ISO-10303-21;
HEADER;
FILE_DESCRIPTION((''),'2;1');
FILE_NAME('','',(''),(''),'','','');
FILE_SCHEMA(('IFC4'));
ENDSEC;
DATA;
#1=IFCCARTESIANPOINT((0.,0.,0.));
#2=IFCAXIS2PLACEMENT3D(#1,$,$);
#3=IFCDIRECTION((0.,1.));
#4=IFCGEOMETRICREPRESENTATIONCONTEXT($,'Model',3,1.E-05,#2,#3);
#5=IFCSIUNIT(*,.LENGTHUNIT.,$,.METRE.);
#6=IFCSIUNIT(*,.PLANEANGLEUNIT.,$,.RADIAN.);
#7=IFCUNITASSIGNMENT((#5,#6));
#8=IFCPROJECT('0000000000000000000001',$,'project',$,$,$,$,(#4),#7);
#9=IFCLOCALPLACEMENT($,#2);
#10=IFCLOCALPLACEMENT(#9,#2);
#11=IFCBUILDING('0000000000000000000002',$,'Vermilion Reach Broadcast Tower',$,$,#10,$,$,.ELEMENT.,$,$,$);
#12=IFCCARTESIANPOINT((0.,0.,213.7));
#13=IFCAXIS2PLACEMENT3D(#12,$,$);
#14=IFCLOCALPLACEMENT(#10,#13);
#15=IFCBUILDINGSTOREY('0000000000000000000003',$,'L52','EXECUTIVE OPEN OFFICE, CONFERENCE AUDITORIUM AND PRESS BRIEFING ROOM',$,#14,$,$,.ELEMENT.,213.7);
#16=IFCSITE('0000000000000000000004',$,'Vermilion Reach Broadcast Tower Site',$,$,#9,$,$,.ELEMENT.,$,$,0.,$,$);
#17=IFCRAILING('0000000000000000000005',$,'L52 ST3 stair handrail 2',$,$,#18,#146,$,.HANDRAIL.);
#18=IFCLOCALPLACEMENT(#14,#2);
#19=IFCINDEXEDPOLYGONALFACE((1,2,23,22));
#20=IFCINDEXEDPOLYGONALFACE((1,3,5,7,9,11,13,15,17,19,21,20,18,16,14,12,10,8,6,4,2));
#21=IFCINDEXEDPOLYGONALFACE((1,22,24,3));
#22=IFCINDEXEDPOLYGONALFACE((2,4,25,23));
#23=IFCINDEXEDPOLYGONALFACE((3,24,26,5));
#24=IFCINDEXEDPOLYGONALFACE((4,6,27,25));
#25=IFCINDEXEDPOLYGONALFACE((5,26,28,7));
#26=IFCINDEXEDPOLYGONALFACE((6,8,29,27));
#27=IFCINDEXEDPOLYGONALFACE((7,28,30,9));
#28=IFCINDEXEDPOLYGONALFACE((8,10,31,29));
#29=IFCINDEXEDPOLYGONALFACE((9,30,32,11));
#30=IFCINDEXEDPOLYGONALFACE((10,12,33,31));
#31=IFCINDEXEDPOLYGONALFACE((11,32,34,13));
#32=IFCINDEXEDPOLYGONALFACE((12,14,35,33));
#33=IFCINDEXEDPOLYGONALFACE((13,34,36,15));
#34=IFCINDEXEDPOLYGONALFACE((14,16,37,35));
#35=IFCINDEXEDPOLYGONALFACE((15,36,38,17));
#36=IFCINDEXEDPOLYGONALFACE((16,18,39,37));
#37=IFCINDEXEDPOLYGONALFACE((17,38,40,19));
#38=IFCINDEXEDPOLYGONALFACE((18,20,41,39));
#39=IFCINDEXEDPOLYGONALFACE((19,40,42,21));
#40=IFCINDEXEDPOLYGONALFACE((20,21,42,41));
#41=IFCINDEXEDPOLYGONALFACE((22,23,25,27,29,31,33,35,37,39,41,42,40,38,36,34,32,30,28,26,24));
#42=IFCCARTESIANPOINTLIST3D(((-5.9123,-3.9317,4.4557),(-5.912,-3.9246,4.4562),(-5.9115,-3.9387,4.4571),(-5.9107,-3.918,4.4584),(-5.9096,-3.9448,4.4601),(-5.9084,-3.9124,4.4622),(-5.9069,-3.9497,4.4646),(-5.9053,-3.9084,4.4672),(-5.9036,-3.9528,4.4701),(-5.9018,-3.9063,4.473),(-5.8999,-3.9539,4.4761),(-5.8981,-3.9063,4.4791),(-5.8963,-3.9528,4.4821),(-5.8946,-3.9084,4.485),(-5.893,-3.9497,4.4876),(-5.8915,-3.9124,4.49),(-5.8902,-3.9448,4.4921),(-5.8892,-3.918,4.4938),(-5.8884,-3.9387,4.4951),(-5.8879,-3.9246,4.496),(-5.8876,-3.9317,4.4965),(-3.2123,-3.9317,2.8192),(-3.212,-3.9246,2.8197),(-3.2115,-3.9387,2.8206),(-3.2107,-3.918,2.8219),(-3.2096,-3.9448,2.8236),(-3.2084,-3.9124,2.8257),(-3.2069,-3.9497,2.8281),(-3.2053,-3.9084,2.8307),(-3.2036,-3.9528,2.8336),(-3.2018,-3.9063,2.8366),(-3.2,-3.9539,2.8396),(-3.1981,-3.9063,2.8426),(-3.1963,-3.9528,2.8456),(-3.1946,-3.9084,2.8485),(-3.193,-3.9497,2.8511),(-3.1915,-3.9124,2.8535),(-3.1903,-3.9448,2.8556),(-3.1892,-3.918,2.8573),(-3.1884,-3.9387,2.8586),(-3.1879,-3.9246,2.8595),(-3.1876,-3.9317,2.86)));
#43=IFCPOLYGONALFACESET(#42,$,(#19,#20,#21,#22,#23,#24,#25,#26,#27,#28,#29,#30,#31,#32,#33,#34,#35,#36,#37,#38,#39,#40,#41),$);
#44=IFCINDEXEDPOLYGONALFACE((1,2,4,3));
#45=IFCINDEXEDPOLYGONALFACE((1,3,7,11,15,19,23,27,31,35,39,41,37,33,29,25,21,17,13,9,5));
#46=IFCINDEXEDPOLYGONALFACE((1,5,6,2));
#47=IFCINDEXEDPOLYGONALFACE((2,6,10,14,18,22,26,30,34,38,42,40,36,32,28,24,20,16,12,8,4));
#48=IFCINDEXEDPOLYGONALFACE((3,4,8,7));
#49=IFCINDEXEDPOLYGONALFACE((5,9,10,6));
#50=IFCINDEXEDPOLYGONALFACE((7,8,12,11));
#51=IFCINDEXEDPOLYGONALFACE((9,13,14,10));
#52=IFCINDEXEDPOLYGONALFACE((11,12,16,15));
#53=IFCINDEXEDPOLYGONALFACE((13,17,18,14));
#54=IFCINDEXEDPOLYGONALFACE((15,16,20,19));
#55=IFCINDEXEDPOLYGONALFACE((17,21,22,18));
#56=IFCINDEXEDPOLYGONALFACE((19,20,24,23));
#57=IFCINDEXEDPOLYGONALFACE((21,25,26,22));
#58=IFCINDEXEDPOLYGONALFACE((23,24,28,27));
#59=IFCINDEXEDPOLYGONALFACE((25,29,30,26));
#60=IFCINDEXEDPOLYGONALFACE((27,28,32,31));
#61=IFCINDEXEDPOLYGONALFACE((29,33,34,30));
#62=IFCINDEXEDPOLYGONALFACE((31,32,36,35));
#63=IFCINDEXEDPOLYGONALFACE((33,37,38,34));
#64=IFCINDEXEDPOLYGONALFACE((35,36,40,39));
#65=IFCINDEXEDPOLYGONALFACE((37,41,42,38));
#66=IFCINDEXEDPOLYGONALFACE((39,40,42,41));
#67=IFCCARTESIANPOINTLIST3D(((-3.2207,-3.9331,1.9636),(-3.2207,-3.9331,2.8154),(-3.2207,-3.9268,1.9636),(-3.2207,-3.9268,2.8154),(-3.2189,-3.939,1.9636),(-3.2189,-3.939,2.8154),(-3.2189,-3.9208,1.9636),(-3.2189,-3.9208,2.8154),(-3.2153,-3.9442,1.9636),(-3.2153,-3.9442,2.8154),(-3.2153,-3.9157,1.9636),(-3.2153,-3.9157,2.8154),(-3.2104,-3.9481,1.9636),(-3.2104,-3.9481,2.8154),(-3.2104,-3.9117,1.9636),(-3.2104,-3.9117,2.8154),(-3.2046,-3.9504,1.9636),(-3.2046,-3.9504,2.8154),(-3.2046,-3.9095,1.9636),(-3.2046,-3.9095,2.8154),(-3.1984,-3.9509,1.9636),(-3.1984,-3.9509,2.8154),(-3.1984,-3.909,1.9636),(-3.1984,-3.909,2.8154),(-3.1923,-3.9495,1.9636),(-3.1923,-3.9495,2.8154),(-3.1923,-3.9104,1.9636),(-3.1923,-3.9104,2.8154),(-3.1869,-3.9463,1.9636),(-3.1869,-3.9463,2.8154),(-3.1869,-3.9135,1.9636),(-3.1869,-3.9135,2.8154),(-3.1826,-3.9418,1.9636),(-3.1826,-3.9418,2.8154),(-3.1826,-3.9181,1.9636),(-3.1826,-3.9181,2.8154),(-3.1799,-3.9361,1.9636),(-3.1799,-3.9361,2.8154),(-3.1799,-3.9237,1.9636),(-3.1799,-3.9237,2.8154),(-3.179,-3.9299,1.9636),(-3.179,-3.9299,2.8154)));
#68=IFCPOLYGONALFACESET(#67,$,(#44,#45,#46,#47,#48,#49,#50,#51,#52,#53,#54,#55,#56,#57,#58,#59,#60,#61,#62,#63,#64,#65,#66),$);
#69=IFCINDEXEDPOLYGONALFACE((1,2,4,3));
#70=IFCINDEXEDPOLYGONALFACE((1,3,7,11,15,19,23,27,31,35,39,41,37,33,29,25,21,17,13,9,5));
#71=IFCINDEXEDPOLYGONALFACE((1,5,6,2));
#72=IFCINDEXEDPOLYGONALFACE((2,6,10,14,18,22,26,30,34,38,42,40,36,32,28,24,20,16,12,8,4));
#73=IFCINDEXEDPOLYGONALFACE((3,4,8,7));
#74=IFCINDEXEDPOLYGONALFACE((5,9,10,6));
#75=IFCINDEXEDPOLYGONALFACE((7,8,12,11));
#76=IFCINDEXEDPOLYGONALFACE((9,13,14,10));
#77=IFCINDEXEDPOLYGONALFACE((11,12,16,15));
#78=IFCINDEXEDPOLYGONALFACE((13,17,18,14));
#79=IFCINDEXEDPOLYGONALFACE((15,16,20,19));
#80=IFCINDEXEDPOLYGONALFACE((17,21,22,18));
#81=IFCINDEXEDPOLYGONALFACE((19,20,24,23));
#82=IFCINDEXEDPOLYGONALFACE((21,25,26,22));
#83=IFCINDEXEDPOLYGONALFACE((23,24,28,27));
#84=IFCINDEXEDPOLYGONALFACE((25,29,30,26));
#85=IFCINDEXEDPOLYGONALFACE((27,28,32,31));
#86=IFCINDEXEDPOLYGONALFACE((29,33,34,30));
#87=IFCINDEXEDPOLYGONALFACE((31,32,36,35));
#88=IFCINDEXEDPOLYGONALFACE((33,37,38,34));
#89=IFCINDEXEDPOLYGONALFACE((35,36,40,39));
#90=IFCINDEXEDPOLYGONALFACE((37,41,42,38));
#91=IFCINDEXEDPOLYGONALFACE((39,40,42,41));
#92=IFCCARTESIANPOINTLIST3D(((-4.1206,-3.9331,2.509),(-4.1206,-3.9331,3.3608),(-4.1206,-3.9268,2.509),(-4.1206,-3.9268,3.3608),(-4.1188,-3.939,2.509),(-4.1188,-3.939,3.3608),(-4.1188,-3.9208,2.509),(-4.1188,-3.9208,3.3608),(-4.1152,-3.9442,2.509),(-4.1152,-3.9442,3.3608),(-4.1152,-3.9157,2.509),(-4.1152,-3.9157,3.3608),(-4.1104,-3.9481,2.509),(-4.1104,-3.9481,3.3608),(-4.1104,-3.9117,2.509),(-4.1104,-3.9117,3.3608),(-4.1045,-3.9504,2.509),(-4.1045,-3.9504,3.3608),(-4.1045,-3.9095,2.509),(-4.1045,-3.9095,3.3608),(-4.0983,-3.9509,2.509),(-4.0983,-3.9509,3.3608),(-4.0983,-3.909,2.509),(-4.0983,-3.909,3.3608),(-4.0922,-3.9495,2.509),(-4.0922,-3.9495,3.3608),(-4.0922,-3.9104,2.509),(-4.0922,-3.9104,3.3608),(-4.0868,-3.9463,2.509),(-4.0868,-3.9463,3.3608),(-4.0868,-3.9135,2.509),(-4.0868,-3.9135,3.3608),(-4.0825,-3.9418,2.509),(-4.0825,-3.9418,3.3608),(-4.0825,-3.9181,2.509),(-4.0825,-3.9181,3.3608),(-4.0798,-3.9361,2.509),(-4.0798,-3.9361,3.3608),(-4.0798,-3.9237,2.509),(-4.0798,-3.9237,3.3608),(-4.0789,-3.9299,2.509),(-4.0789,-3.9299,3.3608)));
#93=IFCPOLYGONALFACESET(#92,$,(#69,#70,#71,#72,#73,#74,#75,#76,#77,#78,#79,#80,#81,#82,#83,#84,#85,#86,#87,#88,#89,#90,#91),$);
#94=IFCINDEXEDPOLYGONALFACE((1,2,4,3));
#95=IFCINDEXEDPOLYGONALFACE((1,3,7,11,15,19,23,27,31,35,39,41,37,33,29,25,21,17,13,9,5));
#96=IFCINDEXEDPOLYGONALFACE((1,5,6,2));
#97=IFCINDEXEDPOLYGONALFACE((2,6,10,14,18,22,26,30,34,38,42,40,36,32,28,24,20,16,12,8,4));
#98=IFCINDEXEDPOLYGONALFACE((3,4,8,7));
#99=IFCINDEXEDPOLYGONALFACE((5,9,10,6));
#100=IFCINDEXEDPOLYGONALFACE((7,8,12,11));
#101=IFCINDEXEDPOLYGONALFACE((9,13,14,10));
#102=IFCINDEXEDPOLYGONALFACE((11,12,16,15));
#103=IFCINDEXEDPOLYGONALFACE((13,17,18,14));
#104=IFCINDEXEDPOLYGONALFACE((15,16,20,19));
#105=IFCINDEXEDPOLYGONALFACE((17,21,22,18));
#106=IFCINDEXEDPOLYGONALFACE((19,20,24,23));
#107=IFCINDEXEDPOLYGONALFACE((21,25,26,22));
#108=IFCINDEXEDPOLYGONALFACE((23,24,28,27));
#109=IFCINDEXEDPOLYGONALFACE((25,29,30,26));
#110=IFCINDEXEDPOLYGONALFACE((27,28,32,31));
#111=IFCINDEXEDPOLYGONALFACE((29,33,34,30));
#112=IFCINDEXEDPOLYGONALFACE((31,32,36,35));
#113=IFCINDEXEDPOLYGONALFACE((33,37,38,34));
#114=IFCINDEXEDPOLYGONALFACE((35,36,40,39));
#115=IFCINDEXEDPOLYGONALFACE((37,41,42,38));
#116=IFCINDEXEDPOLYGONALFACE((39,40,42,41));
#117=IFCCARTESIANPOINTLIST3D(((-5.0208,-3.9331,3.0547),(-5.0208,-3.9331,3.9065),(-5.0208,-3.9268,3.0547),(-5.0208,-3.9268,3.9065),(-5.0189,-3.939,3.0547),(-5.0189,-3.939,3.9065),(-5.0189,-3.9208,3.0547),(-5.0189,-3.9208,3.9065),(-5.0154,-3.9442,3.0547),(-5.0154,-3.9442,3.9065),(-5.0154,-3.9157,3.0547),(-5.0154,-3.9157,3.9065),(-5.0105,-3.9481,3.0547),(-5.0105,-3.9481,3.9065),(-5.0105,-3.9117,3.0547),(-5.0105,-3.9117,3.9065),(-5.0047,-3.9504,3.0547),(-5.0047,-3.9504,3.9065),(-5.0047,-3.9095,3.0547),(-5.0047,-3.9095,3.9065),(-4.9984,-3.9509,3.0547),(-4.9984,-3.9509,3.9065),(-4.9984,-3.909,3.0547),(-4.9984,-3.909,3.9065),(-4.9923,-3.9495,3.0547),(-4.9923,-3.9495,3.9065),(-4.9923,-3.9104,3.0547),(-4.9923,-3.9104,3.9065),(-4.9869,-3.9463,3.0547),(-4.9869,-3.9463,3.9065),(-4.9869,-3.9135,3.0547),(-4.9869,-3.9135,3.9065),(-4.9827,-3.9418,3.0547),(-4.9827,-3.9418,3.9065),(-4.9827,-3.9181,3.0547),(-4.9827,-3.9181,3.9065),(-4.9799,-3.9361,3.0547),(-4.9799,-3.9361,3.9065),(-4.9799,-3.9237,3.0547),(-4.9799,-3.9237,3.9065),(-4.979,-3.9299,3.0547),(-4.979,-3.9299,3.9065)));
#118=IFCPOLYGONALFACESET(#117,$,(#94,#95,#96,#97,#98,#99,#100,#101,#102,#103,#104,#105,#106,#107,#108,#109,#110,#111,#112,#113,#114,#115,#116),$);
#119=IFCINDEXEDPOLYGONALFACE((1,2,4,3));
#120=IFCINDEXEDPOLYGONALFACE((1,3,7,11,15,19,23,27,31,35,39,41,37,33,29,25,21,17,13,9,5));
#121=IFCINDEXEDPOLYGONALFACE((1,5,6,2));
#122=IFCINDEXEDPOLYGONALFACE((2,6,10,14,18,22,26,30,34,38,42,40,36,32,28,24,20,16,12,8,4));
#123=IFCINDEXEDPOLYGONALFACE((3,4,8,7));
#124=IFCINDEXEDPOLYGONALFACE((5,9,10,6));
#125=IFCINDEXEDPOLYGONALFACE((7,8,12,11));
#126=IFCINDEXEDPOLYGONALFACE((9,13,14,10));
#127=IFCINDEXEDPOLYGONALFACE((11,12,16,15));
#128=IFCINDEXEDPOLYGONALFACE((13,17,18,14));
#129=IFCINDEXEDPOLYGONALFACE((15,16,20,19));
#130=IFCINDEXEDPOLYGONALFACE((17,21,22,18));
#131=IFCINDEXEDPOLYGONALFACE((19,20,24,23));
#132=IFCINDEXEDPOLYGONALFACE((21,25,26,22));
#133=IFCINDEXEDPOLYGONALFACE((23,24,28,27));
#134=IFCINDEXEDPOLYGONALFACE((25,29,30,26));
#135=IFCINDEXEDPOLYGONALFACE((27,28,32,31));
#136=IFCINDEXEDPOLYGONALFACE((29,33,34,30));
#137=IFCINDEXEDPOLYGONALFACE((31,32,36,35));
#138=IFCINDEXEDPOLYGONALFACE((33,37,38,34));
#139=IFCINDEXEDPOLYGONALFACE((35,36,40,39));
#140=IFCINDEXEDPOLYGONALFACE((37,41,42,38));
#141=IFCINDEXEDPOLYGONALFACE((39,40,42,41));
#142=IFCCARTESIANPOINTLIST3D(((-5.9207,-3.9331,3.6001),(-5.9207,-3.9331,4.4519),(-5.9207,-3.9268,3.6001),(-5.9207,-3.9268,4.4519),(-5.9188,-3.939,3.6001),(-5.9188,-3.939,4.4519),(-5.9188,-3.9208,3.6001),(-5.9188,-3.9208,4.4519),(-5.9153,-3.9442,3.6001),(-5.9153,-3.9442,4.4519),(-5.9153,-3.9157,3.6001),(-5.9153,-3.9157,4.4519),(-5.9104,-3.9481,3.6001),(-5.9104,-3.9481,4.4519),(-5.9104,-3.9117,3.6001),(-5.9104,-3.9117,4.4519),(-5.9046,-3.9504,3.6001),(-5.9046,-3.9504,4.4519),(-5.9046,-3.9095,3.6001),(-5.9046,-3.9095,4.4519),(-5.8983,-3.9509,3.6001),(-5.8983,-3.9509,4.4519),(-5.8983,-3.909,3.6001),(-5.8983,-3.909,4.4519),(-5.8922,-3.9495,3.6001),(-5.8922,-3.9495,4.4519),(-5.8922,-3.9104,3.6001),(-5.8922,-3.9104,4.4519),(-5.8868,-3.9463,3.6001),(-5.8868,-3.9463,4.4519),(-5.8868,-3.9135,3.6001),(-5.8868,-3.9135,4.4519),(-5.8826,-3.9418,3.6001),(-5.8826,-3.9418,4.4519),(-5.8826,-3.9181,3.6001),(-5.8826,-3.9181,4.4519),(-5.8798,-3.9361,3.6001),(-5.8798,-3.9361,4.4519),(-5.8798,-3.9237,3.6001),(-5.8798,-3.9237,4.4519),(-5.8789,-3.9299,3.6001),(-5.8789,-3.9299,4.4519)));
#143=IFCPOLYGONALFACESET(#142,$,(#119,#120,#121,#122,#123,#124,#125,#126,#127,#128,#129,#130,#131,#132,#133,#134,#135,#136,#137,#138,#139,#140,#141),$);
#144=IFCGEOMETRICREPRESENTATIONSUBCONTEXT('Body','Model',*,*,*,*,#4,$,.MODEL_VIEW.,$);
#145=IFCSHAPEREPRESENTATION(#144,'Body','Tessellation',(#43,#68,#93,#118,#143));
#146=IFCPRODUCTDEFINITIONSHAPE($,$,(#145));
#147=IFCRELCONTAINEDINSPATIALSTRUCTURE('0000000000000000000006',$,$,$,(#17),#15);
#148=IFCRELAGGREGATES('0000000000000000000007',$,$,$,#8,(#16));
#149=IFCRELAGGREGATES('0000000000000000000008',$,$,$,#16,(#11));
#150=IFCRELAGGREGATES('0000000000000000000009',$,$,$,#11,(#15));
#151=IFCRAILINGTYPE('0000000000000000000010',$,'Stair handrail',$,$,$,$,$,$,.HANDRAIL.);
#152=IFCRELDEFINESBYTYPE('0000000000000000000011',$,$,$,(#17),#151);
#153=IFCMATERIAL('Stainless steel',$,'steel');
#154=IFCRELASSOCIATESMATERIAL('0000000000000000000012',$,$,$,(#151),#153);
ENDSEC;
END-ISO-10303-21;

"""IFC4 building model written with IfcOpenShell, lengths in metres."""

from ifc_helpers import new_model, si_unit, direction, frame, origin, origin_2d, place, context, subcontext, project, spatial, circle, extrude, material, type_object, element, save


model = new_model("IFC4")

# Units and contexts
model_context = context("Model", 3, precision=1e-05, world=origin(), true_north=direction((0.0, 1.0)))
body_context = subcontext(model_context, "Body", "Model", "MODEL_VIEW")
ifc_project = project(units=[si_unit("LENGTHUNIT", "METRE"), si_unit("PLANEANGLEUNIT", "RADIAN")], contexts=[model_context])

# Site, building, storey
site_placement = place(None, origin())
site = spatial("IfcSite", under=ifc_project, at=site_placement, Name="Vermilion Reach Broadcast Tower Site", CompositionType="ELEMENT", RefElevation=0.0)
building_placement = place(site_placement, origin())
building = spatial("IfcBuilding", under=site, at=building_placement, Name="Vermilion Reach Broadcast Tower", CompositionType="ELEMENT")
storey_placement = place(building_placement, frame((0.0, 0.0, 213.7)))
storey = spatial("IfcBuildingStorey", under=building, at=storey_placement, Name="L52", Description="EXECUTIVE OPEN OFFICE, CONFERENCE AUDITORIUM AND PRESS BRIEFING ROOM", CompositionType="ELEMENT", Elevation=213.7)

# Railing
ifc_material_1 = material(Name="Stainless steel", Category="steel")
railing_type_1 = type_object("IfcRailingType", Name="Stair handrail", PredefinedType="HANDRAIL", material=ifc_material_1)
railing_1_placement = place(storey_placement, frame((-3.2, -3.9299, 1.9636)))
element("IfcRailing", 1, at=railing_1_placement, inside=storey, type_object=railing_type_1, Name="L52 ST3 stair handrail 2", PredefinedType="HANDRAIL", context=body_context, shape_type="SweptSolid", body=[
    extrude(circle(Radius=0.0239, at=origin_2d()), frame((0.0, 0.0, 0.876), z_axis=(-0.855178, 0.0, 0.518334), x_axis=(0.0, -1.0, 0.0)), (0.0, 0.0, 1.0), 3.1572),
    extrude(circle(Radius=0.021, at=origin_2d()), origin(), (0.0, 0.0, 1.0), 0.8518),
    extrude(circle(Radius=0.021, at=origin_2d()), frame((-0.8999, 0.0, 0.5454)), (0.0, 0.0, 1.0), 0.8518),
    extrude(circle(Radius=0.021, at=origin_2d()), frame((-1.8, 0.0, 1.0911)), (0.0, 0.0, 1.0), 0.8518),
    extrude(circle(Radius=0.021, at=origin_2d()), frame((-2.7, 0.0, 1.6365)), (0.0, 0.0, 1.0), 0.8518),
])

save(model, "model.ifc")
